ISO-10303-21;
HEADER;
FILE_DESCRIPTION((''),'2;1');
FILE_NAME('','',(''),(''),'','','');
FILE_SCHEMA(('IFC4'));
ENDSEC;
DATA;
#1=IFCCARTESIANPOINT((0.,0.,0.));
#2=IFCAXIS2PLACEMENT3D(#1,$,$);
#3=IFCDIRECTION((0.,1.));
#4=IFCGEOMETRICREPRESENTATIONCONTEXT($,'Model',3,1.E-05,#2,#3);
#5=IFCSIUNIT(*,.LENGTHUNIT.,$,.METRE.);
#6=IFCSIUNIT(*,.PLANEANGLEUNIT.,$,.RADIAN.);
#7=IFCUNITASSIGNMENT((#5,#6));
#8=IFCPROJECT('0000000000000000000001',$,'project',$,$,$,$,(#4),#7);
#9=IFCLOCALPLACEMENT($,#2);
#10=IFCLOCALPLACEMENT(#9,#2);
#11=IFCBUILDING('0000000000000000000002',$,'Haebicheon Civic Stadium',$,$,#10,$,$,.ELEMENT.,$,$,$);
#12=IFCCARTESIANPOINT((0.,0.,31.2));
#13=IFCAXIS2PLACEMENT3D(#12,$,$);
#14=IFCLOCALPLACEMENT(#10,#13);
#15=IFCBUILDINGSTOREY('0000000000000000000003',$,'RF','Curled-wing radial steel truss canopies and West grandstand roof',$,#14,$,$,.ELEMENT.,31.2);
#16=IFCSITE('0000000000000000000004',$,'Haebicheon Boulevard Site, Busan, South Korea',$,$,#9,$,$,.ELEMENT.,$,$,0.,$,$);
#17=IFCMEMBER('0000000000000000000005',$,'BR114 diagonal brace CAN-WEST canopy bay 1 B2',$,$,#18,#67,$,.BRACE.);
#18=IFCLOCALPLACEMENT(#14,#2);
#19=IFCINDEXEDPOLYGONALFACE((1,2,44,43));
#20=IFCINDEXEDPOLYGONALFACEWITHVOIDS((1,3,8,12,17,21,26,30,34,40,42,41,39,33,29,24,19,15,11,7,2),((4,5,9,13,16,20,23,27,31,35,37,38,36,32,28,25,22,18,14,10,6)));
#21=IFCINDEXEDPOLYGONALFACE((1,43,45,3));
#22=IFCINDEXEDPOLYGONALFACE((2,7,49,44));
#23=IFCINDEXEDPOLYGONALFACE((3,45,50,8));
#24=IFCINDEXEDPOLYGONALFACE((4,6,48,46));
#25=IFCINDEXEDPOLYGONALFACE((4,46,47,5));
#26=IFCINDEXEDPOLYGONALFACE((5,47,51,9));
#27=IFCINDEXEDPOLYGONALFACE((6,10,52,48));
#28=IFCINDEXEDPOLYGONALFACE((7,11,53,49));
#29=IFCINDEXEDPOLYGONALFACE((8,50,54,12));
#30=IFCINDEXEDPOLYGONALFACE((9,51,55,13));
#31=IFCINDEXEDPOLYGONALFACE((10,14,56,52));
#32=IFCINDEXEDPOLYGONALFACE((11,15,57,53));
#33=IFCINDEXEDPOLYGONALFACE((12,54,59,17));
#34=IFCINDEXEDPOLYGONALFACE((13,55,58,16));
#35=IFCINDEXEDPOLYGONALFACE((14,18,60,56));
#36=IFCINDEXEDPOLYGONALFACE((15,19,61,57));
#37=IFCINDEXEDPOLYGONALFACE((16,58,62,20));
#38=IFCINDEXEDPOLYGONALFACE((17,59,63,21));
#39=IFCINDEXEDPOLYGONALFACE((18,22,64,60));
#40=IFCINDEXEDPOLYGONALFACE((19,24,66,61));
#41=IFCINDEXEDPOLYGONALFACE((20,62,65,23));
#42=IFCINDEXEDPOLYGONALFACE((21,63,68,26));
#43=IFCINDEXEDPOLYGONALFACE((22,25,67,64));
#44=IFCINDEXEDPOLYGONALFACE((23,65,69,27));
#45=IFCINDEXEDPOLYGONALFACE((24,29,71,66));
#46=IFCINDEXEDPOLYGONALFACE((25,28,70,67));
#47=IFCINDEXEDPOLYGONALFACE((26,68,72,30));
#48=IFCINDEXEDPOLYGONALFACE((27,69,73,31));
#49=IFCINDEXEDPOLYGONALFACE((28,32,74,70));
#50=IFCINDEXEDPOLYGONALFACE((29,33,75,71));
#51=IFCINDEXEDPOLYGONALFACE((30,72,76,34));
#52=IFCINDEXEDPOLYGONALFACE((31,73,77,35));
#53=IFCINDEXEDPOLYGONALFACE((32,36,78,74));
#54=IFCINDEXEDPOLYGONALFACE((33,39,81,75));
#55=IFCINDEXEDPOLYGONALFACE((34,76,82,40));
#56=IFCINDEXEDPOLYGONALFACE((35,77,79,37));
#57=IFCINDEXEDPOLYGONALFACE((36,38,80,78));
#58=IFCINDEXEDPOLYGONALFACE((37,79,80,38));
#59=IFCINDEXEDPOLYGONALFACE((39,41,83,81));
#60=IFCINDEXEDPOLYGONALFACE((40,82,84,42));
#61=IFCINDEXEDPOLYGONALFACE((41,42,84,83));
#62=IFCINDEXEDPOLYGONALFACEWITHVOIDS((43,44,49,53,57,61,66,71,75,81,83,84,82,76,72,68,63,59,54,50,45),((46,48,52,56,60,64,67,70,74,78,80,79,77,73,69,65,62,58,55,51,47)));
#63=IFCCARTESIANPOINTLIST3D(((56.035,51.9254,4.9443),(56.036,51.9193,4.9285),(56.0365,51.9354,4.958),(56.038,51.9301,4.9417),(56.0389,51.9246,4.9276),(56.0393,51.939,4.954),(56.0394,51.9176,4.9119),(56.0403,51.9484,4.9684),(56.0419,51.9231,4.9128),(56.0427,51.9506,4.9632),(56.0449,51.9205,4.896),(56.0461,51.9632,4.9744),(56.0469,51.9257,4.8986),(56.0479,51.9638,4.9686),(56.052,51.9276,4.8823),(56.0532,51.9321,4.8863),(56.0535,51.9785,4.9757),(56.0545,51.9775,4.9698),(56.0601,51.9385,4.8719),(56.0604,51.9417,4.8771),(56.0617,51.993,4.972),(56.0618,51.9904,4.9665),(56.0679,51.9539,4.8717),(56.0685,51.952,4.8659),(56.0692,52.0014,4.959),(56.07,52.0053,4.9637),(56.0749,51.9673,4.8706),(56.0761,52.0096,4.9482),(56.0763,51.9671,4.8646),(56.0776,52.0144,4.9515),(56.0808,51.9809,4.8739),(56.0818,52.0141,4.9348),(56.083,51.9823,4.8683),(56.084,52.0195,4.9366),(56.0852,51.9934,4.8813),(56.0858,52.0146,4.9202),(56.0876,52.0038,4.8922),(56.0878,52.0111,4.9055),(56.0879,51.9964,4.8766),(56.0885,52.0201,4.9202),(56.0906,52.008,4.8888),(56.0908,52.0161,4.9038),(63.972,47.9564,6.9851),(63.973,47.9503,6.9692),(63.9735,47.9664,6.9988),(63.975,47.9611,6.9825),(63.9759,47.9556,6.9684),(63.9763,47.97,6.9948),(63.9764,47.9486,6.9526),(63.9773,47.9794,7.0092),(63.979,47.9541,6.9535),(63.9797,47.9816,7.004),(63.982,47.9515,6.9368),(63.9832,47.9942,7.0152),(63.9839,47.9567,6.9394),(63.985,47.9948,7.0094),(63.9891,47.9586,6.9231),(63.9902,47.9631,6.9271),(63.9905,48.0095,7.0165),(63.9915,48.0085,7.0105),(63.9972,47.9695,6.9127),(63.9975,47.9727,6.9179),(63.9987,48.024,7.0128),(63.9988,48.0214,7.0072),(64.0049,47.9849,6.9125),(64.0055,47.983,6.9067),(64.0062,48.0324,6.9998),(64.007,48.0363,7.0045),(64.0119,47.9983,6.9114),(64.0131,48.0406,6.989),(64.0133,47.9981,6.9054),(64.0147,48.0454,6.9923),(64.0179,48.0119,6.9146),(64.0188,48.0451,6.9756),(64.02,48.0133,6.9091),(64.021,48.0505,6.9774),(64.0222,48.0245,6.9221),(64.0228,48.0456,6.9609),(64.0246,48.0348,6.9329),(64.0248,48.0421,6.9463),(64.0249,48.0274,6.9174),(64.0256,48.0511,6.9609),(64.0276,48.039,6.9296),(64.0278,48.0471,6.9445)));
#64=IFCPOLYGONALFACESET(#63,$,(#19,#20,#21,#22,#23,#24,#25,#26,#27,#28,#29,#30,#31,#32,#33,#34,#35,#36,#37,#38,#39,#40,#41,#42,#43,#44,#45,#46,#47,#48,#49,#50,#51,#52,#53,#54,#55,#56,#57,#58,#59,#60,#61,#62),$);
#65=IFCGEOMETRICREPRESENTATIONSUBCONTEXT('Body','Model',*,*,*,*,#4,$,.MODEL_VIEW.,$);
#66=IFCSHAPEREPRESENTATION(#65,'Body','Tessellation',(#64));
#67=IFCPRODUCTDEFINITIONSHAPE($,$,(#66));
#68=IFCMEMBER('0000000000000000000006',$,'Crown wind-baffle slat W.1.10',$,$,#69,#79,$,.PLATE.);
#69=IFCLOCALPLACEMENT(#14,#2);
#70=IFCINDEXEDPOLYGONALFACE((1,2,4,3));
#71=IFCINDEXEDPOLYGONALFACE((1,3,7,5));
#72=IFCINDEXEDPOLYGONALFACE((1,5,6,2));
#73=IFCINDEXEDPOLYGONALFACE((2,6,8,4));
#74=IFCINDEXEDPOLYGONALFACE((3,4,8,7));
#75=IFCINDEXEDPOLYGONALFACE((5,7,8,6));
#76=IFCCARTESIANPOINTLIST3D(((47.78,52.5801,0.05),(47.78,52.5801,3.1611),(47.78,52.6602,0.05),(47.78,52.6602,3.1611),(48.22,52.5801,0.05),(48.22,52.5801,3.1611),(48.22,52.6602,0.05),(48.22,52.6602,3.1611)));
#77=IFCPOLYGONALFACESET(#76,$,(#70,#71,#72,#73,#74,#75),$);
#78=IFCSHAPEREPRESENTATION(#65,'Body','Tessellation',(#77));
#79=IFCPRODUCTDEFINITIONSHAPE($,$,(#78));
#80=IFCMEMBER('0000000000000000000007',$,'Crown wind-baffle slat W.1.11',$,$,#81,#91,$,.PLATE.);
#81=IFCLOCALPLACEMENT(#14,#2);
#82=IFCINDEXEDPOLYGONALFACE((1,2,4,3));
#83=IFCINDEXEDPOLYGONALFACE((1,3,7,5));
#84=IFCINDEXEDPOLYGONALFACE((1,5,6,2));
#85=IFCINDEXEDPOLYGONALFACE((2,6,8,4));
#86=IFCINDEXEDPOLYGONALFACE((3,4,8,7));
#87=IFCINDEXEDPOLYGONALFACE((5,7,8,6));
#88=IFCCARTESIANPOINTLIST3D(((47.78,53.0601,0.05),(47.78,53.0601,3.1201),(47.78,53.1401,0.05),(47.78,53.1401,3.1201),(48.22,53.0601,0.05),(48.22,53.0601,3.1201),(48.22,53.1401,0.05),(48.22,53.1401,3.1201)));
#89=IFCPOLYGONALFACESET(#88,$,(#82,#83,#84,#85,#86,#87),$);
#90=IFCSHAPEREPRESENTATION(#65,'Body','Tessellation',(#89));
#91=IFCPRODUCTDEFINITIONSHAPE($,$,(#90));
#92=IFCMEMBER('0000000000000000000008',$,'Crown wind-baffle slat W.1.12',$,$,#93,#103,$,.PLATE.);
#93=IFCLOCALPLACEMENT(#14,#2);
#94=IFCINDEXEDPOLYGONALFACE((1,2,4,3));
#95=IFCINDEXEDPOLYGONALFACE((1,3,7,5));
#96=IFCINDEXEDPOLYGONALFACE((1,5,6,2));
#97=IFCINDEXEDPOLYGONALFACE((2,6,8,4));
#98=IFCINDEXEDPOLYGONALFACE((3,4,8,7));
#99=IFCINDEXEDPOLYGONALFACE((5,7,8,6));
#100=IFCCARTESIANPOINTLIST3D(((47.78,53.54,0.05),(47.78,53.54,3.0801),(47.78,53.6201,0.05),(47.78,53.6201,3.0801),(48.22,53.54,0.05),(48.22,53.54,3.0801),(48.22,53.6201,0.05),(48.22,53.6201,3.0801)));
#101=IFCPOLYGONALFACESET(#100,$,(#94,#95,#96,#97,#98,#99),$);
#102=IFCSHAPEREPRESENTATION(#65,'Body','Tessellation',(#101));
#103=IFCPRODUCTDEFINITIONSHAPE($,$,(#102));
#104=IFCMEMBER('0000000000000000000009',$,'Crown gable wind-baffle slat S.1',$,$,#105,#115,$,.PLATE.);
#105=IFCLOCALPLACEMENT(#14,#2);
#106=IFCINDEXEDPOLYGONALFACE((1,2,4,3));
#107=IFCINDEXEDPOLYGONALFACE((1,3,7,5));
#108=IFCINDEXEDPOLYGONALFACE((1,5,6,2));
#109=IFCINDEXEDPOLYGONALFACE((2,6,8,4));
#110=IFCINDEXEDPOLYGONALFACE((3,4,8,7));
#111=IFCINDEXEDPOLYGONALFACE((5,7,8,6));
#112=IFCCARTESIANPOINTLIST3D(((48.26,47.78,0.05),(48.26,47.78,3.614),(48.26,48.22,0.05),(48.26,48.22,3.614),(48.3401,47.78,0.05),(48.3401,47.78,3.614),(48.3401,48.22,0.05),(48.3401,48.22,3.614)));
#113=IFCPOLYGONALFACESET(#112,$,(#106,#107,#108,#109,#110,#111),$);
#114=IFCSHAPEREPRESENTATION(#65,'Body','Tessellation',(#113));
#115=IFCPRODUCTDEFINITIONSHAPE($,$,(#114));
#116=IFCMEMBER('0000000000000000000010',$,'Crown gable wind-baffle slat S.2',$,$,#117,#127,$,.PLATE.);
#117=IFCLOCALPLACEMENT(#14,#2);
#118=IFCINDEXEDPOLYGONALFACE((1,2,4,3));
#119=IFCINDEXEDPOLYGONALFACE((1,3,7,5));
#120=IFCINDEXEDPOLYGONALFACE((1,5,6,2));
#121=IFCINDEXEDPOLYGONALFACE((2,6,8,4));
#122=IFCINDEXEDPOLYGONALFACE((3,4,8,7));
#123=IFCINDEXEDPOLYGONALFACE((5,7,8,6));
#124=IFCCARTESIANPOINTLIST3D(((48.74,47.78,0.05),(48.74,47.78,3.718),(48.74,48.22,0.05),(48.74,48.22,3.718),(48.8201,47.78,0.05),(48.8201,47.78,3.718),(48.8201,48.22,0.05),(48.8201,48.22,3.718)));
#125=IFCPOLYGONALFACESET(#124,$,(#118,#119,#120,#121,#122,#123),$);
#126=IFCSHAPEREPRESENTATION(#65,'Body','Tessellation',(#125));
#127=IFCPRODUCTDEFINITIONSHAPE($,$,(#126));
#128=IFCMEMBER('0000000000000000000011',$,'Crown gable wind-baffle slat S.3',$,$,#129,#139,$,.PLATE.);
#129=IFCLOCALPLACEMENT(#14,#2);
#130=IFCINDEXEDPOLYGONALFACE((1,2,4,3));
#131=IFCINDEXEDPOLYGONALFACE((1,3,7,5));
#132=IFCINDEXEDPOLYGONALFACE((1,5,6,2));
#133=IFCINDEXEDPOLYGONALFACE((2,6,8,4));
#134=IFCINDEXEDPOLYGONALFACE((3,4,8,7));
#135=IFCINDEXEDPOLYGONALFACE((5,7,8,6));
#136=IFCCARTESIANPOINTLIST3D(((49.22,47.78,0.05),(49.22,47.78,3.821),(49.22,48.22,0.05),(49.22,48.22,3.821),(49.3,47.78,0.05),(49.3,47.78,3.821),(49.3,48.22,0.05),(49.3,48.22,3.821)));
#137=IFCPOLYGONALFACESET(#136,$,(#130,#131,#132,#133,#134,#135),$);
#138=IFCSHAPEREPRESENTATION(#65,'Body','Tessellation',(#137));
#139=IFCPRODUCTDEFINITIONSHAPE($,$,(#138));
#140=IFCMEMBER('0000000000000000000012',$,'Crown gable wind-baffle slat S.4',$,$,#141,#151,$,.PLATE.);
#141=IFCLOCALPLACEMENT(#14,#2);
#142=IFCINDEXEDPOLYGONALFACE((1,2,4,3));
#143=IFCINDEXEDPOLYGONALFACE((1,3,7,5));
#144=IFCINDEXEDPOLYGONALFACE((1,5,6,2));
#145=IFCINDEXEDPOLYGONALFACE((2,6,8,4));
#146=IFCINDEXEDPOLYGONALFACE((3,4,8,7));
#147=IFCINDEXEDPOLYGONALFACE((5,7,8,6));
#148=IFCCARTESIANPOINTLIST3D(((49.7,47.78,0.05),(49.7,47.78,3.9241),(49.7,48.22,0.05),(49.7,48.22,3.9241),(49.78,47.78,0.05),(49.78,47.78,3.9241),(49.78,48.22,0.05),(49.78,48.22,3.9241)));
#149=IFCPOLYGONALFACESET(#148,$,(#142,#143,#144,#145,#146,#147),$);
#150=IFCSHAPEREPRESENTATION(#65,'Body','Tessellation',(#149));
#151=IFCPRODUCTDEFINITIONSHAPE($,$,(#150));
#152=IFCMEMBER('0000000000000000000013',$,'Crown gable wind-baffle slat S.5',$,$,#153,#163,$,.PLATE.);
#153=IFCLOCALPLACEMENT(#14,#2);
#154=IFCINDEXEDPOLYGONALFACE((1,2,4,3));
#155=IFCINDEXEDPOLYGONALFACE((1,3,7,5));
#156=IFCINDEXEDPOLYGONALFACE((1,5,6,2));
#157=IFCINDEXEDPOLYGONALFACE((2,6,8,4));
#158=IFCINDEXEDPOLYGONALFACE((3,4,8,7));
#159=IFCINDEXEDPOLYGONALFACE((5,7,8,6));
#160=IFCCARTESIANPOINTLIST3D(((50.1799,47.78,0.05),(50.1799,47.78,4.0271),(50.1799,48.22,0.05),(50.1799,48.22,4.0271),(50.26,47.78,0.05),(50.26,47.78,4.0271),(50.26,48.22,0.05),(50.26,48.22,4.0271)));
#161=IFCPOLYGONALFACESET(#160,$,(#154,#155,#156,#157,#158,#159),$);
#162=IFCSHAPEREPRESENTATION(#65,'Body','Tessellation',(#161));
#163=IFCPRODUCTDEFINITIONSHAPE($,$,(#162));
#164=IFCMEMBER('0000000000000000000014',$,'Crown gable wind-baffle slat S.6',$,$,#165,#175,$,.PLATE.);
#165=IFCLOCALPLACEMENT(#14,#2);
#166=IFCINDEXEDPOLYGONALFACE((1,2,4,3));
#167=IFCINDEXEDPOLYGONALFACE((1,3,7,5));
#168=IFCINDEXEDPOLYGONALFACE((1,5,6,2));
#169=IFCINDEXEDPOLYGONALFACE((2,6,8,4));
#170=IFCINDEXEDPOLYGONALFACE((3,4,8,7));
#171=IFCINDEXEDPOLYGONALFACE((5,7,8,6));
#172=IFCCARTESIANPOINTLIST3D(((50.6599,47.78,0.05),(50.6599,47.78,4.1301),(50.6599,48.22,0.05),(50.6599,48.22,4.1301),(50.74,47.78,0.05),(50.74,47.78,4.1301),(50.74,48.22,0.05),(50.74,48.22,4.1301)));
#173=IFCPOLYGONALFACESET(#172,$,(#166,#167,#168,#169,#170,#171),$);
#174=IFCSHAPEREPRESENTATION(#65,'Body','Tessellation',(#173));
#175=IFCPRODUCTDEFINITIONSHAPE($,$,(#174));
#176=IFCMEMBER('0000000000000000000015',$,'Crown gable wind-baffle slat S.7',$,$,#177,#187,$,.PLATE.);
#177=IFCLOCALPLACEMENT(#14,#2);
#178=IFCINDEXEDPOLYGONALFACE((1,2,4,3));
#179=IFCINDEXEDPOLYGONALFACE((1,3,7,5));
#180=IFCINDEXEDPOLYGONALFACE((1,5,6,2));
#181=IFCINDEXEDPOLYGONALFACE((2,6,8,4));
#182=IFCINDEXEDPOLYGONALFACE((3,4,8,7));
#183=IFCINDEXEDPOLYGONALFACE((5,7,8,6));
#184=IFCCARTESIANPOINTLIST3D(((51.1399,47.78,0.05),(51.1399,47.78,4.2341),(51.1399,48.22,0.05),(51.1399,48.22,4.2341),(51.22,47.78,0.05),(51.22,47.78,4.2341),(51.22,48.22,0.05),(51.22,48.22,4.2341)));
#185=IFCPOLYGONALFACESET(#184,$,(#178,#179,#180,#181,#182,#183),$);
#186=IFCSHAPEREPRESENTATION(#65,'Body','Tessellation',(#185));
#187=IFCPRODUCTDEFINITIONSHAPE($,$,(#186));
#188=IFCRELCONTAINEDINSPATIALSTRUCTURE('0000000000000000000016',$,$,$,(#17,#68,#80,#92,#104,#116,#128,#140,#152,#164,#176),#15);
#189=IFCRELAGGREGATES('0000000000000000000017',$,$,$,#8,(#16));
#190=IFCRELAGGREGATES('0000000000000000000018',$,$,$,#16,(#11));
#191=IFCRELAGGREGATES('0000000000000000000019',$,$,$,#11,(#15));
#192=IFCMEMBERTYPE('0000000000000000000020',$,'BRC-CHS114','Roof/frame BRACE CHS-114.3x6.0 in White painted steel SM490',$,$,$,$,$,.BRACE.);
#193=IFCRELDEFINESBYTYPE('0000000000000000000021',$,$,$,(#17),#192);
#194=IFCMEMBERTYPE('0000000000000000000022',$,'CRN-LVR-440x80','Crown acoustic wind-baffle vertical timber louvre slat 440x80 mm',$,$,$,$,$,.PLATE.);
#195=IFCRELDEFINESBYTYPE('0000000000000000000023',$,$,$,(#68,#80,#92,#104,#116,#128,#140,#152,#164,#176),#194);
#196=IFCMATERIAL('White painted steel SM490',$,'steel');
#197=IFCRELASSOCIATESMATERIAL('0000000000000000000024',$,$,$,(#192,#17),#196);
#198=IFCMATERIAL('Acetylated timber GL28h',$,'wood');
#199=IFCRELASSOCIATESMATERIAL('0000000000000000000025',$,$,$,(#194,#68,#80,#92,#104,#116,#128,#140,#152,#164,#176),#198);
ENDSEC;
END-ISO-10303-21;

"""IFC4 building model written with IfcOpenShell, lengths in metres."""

from ifc_helpers import new_model, si_unit, direction, frame, origin, origin_2d, place, context, subcontext, project, spatial, rectangle, hollow_circle, extrude, material, material_profile, profile_set, type_object, element, save


model = new_model("IFC4")

# Units and contexts
model_context = context("Model", 3, precision=1e-05, world=origin(), true_north=direction((0.0, 1.0)))
body_context = subcontext(model_context, "Body", "Model", "MODEL_VIEW")
ifc_project = project(units=[si_unit("LENGTHUNIT", "METRE"), si_unit("PLANEANGLEUNIT", "RADIAN")], contexts=[model_context])

# Site, building, storey
site_placement = place(None, origin())
site = spatial("IfcSite", under=ifc_project, at=site_placement, Name="Haebicheon Boulevard Site, Busan, South Korea", CompositionType="ELEMENT", RefElevation=0.0)
building_placement = place(site_placement, origin())
building = spatial("IfcBuilding", under=site, at=building_placement, Name="Haebicheon Civic Stadium", CompositionType="ELEMENT")
storey_placement = place(building_placement, frame((0.0, 0.0, 31.2)))
storey = spatial("IfcBuildingStorey", under=building, at=storey_placement, Name="RF", Description="Curled-wing radial steel truss canopies and West grandstand roof", CompositionType="ELEMENT", Elevation=31.2)

# Members
ifc_material_1 = material(Name="White painted steel SM490", Category="steel")
ifc_material_profile_1 = material_profile(ifc_material_1, hollow_circle(Radius=0.0571, WallThickness=0.0061, at=origin_2d()), Name="CHS-114.3x6.0")
ifc_profile_set_1 = profile_set([ifc_material_profile_1], Name="White painted steel SM490")
member_type_1 = type_object("IfcMemberType", Name="BRC-CHS114", Description="Roof/frame BRACE CHS-114.3x6.0 in White painted steel SM490", PredefinedType="BRACE", material=ifc_profile_set_1)
member_1_placement = place(storey_placement, frame((56.063, 51.969, 4.9202), z_axis=(0.871653, -0.43588, 0.22412), x_axis=(0.447258, 0.894405, 0.0)))
element("IfcMember", 1, at=member_1_placement, inside=storey, type_object=member_type_1, material=ifc_profile_set_1, Name="BR114 diagonal brace CAN-WEST canopy bay 1 B2", PredefinedType="BRACE", context=body_context, shape_type="SweptSolid", body=[
    extrude(hollow_circle(Radius=0.0571, WallThickness=0.0061, at=origin_2d()), origin(), (0.0, 0.0, 1.0), 9.1057),
])
ifc_material_2 = material(Name="Acetylated timber GL28h", Category="wood")
ifc_material_profile_2 = material_profile(ifc_material_2, rectangle(XDim=0.0801, YDim=0.4399, at=origin_2d()), Name="TMB-LOUV-80x440")
ifc_profile_set_2 = profile_set([ifc_material_profile_2], Name="Acetylated timber GL28h")
member_type_2 = type_object("IfcMemberType", Name="CRN-LVR-440x80", Description="Crown acoustic wind-baffle vertical timber louvre slat 440x80 mm", PredefinedType="PLATE", material=ifc_profile_set_2)
member_2_placement = place(storey_placement, frame((48.0, 52.6201, 0.05), z_axis=(0.0, 0.0, 1.0), x_axis=(0.0, 1.0, 0.0)))
element("IfcMember", 2, at=member_2_placement, inside=storey, type_object=member_type_2, material=ifc_profile_set_2, Name="Crown wind-baffle slat W.1.10", PredefinedType="PLATE", context=body_context, shape_type="SweptSolid", body=[
    extrude(rectangle(XDim=0.0801, YDim=0.4399, at=origin_2d()), origin(), (0.0, 0.0, 1.0), 3.1111),
])
member_3_placement = place(storey_placement, frame((48.0, 53.1001, 0.05), z_axis=(0.0, 0.0, 1.0), x_axis=(0.0, 1.0, 0.0)))
element("IfcMember", 3, at=member_3_placement, inside=storey, type_object=member_type_2, material=ifc_profile_set_2, Name="Crown wind-baffle slat W.1.11", PredefinedType="PLATE", context=body_context, shape_type="SweptSolid", body=[
    extrude(rectangle(XDim=0.0801, YDim=0.4399, at=origin_2d()), origin(), (0.0, 0.0, 1.0), 3.0701),
])
member_4_placement = place(storey_placement, frame((48.0, 53.5801, 0.05), z_axis=(0.0, 0.0, 1.0), x_axis=(0.0, 1.0, 0.0)))
element("IfcMember", 4, at=member_4_placement, inside=storey, type_object=member_type_2, material=ifc_profile_set_2, Name="Crown wind-baffle slat W.1.12", PredefinedType="PLATE", context=body_context, shape_type="SweptSolid", body=[
    extrude(rectangle(XDim=0.0801, YDim=0.4399, at=origin_2d()), origin(), (0.0, 0.0, 1.0), 3.03),
])
member_5_placement = place(storey_placement, frame((48.3, 48.0, 0.05), z_axis=(0.0, 0.0, 1.0), x_axis=(1.0, 0.0, 0.0)))
element("IfcMember", 5, at=member_5_placement, inside=storey, type_object=member_type_2, material=ifc_profile_set_2, Name="Crown gable wind-baffle slat S.1", PredefinedType="PLATE", context=body_context, shape_type="SweptSolid", body=[
    extrude(rectangle(XDim=0.0801, YDim=0.4399, at=origin_2d()), origin(), (0.0, 0.0, 1.0), 3.564),
])
member_6_placement = place(storey_placement, frame((48.78, 48.0, 0.05), z_axis=(0.0, 0.0, 1.0), x_axis=(1.0, 0.0, 0.0)))
element("IfcMember", 6, at=member_6_placement, inside=storey, type_object=member_type_2, material=ifc_profile_set_2, Name="Crown gable wind-baffle slat S.2", PredefinedType="PLATE", context=body_context, shape_type="SweptSolid", body=[
    extrude(rectangle(XDim=0.0801, YDim=0.4399, at=origin_2d()), origin(), (0.0, 0.0, 1.0), 3.668),
])
member_7_placement = place(storey_placement, frame((49.26, 48.0, 0.05), z_axis=(0.0, 0.0, 1.0), x_axis=(1.0, 0.0, 0.0)))
element("IfcMember", 7, at=member_7_placement, inside=storey, type_object=member_type_2, material=ifc_profile_set_2, Name="Crown gable wind-baffle slat S.3", PredefinedType="PLATE", context=body_context, shape_type="SweptSolid", body=[
    extrude(rectangle(XDim=0.0801, YDim=0.4399, at=origin_2d()), origin(), (0.0, 0.0, 1.0), 3.771),
])
member_8_placement = place(storey_placement, frame((49.74, 48.0, 0.05), z_axis=(0.0, 0.0, 1.0), x_axis=(1.0, 0.0, 0.0)))
element("IfcMember", 8, at=member_8_placement, inside=storey, type_object=member_type_2, material=ifc_profile_set_2, Name="Crown gable wind-baffle slat S.4", PredefinedType="PLATE", context=body_context, shape_type="SweptSolid", body=[
    extrude(rectangle(XDim=0.0801, YDim=0.4399, at=origin_2d()), origin(), (0.0, 0.0, 1.0), 3.874),
])
member_9_placement = place(storey_placement, frame((50.22, 48.0, 0.05), z_axis=(0.0, 0.0, 1.0), x_axis=(1.0, 0.0, 0.0)))
element("IfcMember", 9, at=member_9_placement, inside=storey, type_object=member_type_2, material=ifc_profile_set_2, Name="Crown gable wind-baffle slat S.5", PredefinedType="PLATE", context=body_context, shape_type="SweptSolid", body=[
    extrude(rectangle(XDim=0.0801, YDim=0.4399, at=origin_2d()), origin(), (0.0, 0.0, 1.0), 3.9771),
])
member_10_placement = place(storey_placement, frame((50.7, 48.0, 0.05), z_axis=(0.0, 0.0, 1.0), x_axis=(1.0, 0.0, 0.0)))
element("IfcMember", 10, at=member_10_placement, inside=storey, type_object=member_type_2, material=ifc_profile_set_2, Name="Crown gable wind-baffle slat S.6", PredefinedType="PLATE", context=body_context, shape_type="SweptSolid", body=[
    extrude(rectangle(XDim=0.0801, YDim=0.4399, at=origin_2d()), origin(), (0.0, 0.0, 1.0), 4.0801),
])
member_11_placement = place(storey_placement, frame((51.1799, 48.0, 0.05), z_axis=(0.0, 0.0, 1.0), x_axis=(1.0, 0.0, 0.0)))
element("IfcMember", 11, at=member_11_placement, inside=storey, type_object=member_type_2, material=ifc_profile_set_2, Name="Crown gable wind-baffle slat S.7", PredefinedType="PLATE", context=body_context, shape_type="SweptSolid", body=[
    extrude(rectangle(XDim=0.0801, YDim=0.4399, at=origin_2d()), origin(), (0.0, 0.0, 1.0), 4.1841),
])

save(model, "model.ifc")
